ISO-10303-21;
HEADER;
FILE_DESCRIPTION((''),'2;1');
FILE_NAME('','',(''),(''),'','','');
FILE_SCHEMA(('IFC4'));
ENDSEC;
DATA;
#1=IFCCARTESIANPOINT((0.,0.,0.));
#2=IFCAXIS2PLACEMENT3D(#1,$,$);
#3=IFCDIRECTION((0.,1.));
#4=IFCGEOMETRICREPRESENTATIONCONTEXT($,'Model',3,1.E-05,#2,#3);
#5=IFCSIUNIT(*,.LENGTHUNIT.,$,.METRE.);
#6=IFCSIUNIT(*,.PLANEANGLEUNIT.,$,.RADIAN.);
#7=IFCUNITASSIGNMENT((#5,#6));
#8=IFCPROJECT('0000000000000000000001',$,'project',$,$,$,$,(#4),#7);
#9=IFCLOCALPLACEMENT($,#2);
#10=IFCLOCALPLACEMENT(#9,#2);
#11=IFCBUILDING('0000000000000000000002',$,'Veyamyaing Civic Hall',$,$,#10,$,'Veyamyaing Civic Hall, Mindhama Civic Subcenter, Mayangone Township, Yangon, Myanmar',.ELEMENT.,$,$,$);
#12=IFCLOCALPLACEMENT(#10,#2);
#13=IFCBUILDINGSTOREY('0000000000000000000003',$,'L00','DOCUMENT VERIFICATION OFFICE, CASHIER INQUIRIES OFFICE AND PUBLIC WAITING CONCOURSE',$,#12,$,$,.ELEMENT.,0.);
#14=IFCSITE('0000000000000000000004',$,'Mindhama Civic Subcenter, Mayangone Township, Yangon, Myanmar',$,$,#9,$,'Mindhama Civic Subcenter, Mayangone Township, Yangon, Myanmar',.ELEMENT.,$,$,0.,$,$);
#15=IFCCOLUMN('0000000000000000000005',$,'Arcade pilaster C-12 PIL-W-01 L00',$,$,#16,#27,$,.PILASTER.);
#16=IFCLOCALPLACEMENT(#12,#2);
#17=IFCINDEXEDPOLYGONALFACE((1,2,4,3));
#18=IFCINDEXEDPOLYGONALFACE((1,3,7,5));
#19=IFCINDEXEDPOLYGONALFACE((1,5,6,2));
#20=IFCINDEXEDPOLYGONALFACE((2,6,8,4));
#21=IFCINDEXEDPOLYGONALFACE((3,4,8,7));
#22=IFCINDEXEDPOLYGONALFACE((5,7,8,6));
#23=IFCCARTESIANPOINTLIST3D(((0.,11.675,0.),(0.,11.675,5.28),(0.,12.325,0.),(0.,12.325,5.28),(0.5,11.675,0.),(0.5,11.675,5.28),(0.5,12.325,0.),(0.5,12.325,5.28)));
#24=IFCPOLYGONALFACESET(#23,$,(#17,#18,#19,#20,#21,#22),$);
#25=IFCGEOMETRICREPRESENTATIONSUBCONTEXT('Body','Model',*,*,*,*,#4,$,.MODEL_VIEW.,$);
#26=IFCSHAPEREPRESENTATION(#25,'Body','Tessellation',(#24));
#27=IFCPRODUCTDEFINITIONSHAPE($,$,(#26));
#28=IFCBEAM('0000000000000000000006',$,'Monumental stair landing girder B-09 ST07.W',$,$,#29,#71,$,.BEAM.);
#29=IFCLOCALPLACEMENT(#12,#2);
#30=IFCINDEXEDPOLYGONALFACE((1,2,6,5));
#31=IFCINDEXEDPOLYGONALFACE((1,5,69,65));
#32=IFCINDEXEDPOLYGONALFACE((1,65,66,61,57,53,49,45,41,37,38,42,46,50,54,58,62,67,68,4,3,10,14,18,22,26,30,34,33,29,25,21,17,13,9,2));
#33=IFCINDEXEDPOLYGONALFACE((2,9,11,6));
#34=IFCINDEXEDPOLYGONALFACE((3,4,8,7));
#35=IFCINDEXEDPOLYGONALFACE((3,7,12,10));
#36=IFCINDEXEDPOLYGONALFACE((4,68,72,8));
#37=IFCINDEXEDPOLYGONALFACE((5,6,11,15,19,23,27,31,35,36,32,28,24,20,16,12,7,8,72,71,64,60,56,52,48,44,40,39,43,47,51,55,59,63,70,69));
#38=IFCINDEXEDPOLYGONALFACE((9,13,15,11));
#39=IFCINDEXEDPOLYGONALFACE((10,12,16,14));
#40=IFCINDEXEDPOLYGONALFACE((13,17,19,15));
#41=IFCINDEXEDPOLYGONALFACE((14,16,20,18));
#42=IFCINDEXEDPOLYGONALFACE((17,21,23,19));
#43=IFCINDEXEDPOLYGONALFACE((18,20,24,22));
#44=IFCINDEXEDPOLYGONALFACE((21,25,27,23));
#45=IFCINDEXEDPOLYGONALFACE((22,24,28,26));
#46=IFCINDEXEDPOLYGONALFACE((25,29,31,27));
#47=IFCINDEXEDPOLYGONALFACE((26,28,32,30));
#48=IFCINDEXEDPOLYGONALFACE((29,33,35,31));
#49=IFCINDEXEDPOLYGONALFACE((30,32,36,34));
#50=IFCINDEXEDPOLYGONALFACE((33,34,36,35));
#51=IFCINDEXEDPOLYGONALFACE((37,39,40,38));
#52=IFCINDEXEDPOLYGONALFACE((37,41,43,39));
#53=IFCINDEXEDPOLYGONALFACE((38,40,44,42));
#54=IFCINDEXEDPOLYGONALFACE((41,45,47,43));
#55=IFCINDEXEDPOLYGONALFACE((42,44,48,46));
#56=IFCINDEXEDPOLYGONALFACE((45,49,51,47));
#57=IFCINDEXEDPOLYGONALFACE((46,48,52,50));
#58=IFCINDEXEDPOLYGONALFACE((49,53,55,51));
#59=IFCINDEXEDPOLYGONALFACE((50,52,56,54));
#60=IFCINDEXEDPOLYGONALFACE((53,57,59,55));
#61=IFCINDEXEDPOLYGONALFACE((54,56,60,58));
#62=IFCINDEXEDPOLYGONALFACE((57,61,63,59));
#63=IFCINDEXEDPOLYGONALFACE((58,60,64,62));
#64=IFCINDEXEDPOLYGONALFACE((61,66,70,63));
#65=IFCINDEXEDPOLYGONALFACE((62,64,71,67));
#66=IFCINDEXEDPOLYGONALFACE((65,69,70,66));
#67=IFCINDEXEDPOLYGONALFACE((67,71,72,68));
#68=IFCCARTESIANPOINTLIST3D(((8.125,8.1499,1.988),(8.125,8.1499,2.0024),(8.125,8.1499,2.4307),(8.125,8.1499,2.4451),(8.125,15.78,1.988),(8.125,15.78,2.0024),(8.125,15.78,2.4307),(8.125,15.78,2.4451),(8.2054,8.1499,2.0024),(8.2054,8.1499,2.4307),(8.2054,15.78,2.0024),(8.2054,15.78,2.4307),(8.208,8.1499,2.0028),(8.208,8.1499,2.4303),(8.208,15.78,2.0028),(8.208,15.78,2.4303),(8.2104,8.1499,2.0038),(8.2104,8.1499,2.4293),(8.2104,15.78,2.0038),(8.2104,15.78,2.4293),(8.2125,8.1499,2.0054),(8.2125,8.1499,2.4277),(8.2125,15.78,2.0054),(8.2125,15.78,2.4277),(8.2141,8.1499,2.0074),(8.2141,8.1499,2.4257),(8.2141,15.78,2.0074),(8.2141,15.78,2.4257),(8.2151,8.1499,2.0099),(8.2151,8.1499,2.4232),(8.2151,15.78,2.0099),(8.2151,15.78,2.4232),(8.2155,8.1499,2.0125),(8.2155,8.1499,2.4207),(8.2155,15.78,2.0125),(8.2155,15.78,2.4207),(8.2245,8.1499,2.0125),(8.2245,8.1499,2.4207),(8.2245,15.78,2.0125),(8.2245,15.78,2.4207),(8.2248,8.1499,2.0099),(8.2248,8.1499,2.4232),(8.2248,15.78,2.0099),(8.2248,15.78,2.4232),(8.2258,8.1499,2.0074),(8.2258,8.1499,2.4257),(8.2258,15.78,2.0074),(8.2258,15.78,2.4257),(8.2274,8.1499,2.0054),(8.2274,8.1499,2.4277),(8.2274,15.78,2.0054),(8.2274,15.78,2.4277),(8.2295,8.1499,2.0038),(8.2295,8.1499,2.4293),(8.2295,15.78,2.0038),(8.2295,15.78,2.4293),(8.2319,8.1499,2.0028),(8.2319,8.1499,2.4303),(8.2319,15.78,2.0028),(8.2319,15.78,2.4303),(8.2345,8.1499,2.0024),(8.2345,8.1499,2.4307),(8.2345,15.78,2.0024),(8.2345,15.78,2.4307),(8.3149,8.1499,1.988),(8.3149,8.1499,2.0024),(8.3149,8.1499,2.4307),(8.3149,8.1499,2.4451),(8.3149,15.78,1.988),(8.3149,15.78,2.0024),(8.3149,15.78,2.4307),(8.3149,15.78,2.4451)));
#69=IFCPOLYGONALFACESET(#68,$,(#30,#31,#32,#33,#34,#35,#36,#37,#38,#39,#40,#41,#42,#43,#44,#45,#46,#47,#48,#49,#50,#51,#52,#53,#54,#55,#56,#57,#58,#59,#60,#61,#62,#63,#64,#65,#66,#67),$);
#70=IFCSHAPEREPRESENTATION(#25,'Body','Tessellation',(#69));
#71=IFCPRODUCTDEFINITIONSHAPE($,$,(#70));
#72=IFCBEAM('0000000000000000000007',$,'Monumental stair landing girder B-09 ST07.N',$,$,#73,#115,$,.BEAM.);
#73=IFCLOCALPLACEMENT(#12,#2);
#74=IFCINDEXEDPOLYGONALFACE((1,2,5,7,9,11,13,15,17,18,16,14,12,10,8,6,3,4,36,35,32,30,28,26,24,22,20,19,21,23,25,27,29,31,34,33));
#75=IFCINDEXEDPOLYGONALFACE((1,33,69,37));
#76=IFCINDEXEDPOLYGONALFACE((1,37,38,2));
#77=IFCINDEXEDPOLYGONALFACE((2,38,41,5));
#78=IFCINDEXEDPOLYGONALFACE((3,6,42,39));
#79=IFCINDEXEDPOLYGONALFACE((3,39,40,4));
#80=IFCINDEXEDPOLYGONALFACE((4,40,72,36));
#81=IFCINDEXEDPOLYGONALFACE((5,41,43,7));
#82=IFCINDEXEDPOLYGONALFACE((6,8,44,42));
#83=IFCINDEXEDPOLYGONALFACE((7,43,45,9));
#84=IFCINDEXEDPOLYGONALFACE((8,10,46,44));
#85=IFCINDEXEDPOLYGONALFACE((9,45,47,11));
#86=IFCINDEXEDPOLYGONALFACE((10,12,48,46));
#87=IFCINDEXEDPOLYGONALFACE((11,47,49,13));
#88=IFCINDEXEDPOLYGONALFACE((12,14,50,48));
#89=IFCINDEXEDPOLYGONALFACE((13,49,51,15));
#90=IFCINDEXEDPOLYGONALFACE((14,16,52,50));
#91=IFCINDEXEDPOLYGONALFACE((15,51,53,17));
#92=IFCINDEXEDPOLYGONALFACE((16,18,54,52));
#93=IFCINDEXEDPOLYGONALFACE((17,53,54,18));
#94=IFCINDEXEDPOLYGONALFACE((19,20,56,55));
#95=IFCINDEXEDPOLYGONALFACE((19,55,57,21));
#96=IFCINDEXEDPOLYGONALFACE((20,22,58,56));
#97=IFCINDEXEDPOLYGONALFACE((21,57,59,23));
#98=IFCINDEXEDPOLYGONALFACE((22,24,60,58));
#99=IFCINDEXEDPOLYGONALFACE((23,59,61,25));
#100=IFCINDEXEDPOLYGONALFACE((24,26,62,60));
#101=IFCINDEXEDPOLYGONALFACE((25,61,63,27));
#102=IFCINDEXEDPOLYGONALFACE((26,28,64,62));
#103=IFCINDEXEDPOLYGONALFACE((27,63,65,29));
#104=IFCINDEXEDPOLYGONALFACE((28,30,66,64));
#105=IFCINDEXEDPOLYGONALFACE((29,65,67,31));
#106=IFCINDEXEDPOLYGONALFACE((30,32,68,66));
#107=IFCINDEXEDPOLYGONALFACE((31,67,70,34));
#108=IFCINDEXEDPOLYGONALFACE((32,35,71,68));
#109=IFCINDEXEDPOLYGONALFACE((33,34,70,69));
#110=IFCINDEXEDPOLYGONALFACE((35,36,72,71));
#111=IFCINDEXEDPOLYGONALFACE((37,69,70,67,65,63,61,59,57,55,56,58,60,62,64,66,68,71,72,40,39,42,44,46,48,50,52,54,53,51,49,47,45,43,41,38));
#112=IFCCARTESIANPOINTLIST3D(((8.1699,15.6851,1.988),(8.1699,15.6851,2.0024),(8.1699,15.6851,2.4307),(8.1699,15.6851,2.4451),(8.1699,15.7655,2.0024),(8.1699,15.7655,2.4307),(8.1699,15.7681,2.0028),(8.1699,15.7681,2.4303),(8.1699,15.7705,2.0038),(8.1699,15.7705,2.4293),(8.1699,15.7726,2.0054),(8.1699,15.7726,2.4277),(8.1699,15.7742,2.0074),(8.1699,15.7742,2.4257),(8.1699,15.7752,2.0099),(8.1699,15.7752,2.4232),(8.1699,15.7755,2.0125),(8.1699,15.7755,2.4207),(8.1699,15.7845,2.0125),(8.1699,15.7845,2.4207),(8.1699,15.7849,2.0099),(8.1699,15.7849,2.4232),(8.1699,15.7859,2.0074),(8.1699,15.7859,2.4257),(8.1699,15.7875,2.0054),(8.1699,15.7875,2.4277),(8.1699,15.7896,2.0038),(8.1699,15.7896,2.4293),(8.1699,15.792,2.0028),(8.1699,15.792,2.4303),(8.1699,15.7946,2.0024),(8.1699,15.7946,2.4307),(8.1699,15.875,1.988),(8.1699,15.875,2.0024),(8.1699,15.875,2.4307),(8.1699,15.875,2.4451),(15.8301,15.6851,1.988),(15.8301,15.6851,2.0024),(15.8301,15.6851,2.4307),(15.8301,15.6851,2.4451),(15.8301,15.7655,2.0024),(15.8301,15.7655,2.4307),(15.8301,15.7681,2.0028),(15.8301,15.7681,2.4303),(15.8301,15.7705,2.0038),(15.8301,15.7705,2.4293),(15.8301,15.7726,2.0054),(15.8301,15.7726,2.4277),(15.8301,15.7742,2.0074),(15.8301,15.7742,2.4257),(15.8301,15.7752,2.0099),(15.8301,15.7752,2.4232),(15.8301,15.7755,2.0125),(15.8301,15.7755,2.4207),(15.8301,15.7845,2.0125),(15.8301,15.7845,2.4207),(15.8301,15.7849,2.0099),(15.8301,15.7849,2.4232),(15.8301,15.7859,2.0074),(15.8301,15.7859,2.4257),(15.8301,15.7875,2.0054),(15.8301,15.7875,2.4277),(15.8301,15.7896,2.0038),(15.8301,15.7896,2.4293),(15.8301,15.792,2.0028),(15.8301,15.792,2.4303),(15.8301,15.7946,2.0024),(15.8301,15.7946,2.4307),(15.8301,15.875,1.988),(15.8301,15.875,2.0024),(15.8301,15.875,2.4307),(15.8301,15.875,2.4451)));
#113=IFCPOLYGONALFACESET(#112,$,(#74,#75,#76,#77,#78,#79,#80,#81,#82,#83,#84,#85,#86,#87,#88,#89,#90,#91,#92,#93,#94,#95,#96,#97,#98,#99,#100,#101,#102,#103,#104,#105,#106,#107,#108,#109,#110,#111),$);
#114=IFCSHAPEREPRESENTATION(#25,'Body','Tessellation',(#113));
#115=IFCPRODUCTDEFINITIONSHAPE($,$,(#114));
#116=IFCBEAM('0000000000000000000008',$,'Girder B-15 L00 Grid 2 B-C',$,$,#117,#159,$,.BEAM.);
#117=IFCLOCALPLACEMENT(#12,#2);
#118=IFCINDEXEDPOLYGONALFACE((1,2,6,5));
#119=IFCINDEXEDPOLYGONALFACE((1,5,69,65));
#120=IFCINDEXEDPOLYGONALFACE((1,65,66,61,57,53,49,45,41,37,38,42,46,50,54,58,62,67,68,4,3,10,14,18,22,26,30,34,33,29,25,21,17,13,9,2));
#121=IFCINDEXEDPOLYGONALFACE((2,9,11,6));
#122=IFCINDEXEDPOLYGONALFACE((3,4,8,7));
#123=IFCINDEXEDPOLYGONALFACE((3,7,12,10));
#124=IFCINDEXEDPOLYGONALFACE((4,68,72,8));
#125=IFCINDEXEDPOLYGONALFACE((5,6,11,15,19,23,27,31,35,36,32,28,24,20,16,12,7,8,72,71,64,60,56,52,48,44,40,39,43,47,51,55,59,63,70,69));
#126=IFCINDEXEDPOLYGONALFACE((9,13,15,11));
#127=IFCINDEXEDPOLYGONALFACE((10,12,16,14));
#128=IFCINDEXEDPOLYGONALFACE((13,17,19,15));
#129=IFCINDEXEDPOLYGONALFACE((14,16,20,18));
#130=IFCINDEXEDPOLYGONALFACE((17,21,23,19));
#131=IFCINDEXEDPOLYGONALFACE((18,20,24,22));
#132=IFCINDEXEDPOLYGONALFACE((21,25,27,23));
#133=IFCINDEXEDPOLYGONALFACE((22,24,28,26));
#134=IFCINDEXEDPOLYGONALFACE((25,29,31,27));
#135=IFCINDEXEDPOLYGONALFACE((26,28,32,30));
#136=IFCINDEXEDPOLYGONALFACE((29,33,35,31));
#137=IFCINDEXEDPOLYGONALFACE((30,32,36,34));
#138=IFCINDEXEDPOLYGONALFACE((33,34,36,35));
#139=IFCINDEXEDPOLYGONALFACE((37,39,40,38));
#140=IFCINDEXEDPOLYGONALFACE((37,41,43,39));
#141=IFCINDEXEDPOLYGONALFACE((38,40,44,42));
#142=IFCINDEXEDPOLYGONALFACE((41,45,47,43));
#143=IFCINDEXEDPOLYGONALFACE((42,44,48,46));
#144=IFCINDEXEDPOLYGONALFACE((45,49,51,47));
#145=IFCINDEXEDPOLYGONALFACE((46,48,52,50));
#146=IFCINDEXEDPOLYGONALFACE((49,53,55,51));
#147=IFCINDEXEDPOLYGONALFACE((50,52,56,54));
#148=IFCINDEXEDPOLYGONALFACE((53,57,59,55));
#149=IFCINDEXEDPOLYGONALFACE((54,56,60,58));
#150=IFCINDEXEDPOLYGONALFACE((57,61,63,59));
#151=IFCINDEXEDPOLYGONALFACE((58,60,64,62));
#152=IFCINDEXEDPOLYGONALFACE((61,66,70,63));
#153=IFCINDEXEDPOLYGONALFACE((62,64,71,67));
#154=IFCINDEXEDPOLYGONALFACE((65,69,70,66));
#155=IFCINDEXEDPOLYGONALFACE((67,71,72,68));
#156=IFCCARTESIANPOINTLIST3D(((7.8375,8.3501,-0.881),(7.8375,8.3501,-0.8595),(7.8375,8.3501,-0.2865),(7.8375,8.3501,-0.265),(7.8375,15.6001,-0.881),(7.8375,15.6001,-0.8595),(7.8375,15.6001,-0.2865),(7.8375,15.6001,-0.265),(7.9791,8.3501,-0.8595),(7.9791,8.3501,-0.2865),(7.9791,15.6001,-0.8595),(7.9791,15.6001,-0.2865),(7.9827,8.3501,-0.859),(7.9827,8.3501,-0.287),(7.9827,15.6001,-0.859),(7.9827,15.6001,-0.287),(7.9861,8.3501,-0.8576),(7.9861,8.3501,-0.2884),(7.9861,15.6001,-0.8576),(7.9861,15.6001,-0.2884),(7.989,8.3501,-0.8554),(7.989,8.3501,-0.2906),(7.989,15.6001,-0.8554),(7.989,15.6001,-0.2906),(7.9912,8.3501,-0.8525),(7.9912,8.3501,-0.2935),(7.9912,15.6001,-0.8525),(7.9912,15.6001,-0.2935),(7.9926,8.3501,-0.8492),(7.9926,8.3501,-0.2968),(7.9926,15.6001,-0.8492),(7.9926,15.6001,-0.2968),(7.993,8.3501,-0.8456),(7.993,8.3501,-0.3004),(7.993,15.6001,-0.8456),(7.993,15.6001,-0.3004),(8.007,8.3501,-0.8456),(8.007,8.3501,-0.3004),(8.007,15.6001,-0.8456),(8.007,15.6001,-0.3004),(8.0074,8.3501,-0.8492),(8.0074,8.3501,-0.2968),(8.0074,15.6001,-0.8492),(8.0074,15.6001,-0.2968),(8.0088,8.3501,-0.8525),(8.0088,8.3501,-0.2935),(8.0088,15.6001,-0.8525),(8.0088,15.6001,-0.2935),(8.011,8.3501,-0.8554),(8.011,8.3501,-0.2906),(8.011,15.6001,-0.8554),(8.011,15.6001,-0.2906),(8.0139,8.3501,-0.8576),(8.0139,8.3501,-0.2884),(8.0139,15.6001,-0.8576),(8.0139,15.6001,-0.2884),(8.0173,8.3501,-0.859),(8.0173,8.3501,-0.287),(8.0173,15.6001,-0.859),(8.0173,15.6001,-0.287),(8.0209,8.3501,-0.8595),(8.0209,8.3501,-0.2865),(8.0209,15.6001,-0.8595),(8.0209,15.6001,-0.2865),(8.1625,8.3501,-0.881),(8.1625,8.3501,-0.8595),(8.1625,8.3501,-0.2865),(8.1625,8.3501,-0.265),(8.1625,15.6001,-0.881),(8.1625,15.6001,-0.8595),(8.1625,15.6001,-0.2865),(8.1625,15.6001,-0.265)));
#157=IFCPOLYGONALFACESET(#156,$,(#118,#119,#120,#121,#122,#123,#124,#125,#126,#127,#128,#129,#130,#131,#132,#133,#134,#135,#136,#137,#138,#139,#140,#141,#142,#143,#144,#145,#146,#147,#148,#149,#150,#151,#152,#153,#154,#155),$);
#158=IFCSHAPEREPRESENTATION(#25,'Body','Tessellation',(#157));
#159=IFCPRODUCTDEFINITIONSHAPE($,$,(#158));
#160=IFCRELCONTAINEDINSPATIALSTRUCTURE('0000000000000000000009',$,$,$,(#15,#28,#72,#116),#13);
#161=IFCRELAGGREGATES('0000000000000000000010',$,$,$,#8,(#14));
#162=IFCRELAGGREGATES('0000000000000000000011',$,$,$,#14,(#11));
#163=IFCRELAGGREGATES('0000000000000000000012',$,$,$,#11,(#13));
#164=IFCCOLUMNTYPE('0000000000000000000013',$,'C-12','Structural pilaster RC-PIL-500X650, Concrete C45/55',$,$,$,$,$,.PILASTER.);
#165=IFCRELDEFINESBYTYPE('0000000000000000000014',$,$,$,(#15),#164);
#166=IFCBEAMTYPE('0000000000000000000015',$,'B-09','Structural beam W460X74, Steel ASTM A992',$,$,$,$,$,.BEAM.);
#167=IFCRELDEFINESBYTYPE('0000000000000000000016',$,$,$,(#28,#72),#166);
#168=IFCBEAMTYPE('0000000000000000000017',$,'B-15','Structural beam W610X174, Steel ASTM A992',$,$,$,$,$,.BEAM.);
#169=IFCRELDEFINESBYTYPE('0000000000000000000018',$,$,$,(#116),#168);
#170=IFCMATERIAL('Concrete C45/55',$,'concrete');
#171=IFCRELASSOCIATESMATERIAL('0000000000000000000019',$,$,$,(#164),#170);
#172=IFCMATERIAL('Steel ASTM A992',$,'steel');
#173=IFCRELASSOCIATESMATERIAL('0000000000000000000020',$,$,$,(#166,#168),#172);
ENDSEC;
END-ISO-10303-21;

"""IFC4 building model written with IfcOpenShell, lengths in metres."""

from ifc_helpers import new_model, si_unit, direction, frame, origin, origin_2d, place, context, subcontext, project, spatial, rectangle, i_section, extrude, material, material_profile, profile_set, type_object, element, save


model = new_model("IFC4")

# Units and contexts
model_context = context("Model", 3, precision=1e-05, world=origin(), true_north=direction((0.0, 1.0)))
body_context = subcontext(model_context, "Body", "Model", "MODEL_VIEW")
ifc_project = project(units=[si_unit("LENGTHUNIT", "METRE"), si_unit("PLANEANGLEUNIT", "RADIAN")], contexts=[model_context])

# Site, building, storey
site_placement = place(None, origin())
site = spatial("IfcSite", under=ifc_project, at=site_placement, Name="Mindhama Civic Subcenter, Mayangone Township, Yangon, Myanmar", LongName="Mindhama Civic Subcenter, Mayangone Township, Yangon, Myanmar", CompositionType="ELEMENT", RefElevation=0.0)
building_placement = place(site_placement, origin())
building = spatial("IfcBuilding", under=site, at=building_placement, Name="Veyamyaing Civic Hall", LongName="Veyamyaing Civic Hall, Mindhama Civic Subcenter, Mayangone Township, Yangon, Myanmar", CompositionType="ELEMENT")
storey_placement = place(building_placement, origin())
storey = spatial("IfcBuildingStorey", under=building, at=storey_placement, Name="L00", Description="DOCUMENT VERIFICATION OFFICE, CASHIER INQUIRIES OFFICE AND PUBLIC WAITING CONCOURSE", CompositionType="ELEMENT", Elevation=0.0)

# Column
ifc_material_1 = material(Name="Concrete C45/55", Category="concrete")
ifc_material_profile_1 = material_profile(ifc_material_1, rectangle(XDim=0.5, YDim=0.6499, at=origin_2d()), Name="RC-PIL-500X650")
ifc_profile_set_1 = profile_set([ifc_material_profile_1], Name="Concrete C45/55")
column_type = type_object("IfcColumnType", Name="C-12", Description="Structural pilaster RC-PIL-500X650, Concrete C45/55", PredefinedType="PILASTER", material=ifc_profile_set_1)
column_placement = place(storey_placement, frame((0.25, 12.0, 0.0), z_axis=(0.0, 0.0, 1.0), x_axis=(1.0, 0.0, 0.0)))
element("IfcColumn", 1, at=column_placement, inside=storey, type_object=column_type, Name="Arcade pilaster C-12 PIL-W-01 L00", PredefinedType="PILASTER", context=body_context, shape_type="SweptSolid", body=[
    extrude(rectangle(XDim=0.5, YDim=0.6499, at=origin_2d()), origin(), (0.0, 0.0, 1.0), 5.28),
])

# Beams
ifc_material_2 = material(Name="Steel ASTM A992", Category="steel")
ifc_material_profile_2 = material_profile(ifc_material_2, i_section(OverallWidth=0.1899, OverallDepth=0.457, WebThickness=0.009, FlangeThickness=0.0144, FilletRadius=0.01, at=origin_2d()), Name="W460X74")
ifc_profile_set_2 = profile_set([ifc_material_profile_2], Name="Steel ASTM A992")
beam_type_1 = type_object("IfcBeamType", Name="B-09", Description="Structural beam W460X74, Steel ASTM A992", PredefinedType="BEAM", material=ifc_profile_set_2)
beam_1_placement = place(storey_placement, frame((8.22, 8.1499, 2.2166), z_axis=(0.0, 1.0, 0.0), x_axis=(-1.0, 0.0, 0.0)))
element("IfcBeam", 2, at=beam_1_placement, inside=storey, type_object=beam_type_1, Name="Monumental stair landing girder B-09 ST07.W", PredefinedType="BEAM", context=body_context, shape_type="SweptSolid", body=[
    extrude(i_section(OverallWidth=0.1899, OverallDepth=0.457, WebThickness=0.009, FlangeThickness=0.0144, FilletRadius=0.01, at=origin_2d()), origin(), (0.0, 0.0, 1.0), 7.6301),
])
beam_2_placement = place(storey_placement, frame((8.1699, 15.78, 2.2166), z_axis=(1.0, 0.0, 0.0), x_axis=(0.0, 1.0, 0.0)))
element("IfcBeam", 3, at=beam_2_placement, inside=storey, type_object=beam_type_1, Name="Monumental stair landing girder B-09 ST07.N", PredefinedType="BEAM", context=body_context, shape_type="SweptSolid", body=[
    extrude(i_section(OverallWidth=0.1899, OverallDepth=0.457, WebThickness=0.009, FlangeThickness=0.0144, FilletRadius=0.01, at=origin_2d()), origin(), (0.0, 0.0, 1.0), 7.6602),
])
ifc_material_profile_3 = material_profile(ifc_material_2, i_section(OverallWidth=0.325, OverallDepth=0.616, WebThickness=0.0139, FlangeThickness=0.0215, FilletRadius=0.0139, at=origin_2d()), Name="W610X174")
ifc_profile_set_3 = profile_set([ifc_material_profile_3], Name="Steel ASTM A992")
beam_type_2 = type_object("IfcBeamType", Name="B-15", Description="Structural beam W610X174, Steel ASTM A992", PredefinedType="BEAM", material=ifc_profile_set_3)
beam_3_placement = place(storey_placement, frame((8.0, 8.3501, -0.573), z_axis=(0.0, 1.0, 0.0), x_axis=(-1.0, 0.0, 0.0)))
element("IfcBeam", 4, at=beam_3_placement, inside=storey, type_object=beam_type_2, Name="Girder B-15 L00 Grid 2 B-C", PredefinedType="BEAM", context=body_context, shape_type="SweptSolid", body=[
    extrude(i_section(OverallWidth=0.325, OverallDepth=0.616, WebThickness=0.0139, FlangeThickness=0.0215, FilletRadius=0.0139, at=origin_2d()), origin(), (0.0, 0.0, 1.0), 7.25),
])

save(model, "model.ifc")
